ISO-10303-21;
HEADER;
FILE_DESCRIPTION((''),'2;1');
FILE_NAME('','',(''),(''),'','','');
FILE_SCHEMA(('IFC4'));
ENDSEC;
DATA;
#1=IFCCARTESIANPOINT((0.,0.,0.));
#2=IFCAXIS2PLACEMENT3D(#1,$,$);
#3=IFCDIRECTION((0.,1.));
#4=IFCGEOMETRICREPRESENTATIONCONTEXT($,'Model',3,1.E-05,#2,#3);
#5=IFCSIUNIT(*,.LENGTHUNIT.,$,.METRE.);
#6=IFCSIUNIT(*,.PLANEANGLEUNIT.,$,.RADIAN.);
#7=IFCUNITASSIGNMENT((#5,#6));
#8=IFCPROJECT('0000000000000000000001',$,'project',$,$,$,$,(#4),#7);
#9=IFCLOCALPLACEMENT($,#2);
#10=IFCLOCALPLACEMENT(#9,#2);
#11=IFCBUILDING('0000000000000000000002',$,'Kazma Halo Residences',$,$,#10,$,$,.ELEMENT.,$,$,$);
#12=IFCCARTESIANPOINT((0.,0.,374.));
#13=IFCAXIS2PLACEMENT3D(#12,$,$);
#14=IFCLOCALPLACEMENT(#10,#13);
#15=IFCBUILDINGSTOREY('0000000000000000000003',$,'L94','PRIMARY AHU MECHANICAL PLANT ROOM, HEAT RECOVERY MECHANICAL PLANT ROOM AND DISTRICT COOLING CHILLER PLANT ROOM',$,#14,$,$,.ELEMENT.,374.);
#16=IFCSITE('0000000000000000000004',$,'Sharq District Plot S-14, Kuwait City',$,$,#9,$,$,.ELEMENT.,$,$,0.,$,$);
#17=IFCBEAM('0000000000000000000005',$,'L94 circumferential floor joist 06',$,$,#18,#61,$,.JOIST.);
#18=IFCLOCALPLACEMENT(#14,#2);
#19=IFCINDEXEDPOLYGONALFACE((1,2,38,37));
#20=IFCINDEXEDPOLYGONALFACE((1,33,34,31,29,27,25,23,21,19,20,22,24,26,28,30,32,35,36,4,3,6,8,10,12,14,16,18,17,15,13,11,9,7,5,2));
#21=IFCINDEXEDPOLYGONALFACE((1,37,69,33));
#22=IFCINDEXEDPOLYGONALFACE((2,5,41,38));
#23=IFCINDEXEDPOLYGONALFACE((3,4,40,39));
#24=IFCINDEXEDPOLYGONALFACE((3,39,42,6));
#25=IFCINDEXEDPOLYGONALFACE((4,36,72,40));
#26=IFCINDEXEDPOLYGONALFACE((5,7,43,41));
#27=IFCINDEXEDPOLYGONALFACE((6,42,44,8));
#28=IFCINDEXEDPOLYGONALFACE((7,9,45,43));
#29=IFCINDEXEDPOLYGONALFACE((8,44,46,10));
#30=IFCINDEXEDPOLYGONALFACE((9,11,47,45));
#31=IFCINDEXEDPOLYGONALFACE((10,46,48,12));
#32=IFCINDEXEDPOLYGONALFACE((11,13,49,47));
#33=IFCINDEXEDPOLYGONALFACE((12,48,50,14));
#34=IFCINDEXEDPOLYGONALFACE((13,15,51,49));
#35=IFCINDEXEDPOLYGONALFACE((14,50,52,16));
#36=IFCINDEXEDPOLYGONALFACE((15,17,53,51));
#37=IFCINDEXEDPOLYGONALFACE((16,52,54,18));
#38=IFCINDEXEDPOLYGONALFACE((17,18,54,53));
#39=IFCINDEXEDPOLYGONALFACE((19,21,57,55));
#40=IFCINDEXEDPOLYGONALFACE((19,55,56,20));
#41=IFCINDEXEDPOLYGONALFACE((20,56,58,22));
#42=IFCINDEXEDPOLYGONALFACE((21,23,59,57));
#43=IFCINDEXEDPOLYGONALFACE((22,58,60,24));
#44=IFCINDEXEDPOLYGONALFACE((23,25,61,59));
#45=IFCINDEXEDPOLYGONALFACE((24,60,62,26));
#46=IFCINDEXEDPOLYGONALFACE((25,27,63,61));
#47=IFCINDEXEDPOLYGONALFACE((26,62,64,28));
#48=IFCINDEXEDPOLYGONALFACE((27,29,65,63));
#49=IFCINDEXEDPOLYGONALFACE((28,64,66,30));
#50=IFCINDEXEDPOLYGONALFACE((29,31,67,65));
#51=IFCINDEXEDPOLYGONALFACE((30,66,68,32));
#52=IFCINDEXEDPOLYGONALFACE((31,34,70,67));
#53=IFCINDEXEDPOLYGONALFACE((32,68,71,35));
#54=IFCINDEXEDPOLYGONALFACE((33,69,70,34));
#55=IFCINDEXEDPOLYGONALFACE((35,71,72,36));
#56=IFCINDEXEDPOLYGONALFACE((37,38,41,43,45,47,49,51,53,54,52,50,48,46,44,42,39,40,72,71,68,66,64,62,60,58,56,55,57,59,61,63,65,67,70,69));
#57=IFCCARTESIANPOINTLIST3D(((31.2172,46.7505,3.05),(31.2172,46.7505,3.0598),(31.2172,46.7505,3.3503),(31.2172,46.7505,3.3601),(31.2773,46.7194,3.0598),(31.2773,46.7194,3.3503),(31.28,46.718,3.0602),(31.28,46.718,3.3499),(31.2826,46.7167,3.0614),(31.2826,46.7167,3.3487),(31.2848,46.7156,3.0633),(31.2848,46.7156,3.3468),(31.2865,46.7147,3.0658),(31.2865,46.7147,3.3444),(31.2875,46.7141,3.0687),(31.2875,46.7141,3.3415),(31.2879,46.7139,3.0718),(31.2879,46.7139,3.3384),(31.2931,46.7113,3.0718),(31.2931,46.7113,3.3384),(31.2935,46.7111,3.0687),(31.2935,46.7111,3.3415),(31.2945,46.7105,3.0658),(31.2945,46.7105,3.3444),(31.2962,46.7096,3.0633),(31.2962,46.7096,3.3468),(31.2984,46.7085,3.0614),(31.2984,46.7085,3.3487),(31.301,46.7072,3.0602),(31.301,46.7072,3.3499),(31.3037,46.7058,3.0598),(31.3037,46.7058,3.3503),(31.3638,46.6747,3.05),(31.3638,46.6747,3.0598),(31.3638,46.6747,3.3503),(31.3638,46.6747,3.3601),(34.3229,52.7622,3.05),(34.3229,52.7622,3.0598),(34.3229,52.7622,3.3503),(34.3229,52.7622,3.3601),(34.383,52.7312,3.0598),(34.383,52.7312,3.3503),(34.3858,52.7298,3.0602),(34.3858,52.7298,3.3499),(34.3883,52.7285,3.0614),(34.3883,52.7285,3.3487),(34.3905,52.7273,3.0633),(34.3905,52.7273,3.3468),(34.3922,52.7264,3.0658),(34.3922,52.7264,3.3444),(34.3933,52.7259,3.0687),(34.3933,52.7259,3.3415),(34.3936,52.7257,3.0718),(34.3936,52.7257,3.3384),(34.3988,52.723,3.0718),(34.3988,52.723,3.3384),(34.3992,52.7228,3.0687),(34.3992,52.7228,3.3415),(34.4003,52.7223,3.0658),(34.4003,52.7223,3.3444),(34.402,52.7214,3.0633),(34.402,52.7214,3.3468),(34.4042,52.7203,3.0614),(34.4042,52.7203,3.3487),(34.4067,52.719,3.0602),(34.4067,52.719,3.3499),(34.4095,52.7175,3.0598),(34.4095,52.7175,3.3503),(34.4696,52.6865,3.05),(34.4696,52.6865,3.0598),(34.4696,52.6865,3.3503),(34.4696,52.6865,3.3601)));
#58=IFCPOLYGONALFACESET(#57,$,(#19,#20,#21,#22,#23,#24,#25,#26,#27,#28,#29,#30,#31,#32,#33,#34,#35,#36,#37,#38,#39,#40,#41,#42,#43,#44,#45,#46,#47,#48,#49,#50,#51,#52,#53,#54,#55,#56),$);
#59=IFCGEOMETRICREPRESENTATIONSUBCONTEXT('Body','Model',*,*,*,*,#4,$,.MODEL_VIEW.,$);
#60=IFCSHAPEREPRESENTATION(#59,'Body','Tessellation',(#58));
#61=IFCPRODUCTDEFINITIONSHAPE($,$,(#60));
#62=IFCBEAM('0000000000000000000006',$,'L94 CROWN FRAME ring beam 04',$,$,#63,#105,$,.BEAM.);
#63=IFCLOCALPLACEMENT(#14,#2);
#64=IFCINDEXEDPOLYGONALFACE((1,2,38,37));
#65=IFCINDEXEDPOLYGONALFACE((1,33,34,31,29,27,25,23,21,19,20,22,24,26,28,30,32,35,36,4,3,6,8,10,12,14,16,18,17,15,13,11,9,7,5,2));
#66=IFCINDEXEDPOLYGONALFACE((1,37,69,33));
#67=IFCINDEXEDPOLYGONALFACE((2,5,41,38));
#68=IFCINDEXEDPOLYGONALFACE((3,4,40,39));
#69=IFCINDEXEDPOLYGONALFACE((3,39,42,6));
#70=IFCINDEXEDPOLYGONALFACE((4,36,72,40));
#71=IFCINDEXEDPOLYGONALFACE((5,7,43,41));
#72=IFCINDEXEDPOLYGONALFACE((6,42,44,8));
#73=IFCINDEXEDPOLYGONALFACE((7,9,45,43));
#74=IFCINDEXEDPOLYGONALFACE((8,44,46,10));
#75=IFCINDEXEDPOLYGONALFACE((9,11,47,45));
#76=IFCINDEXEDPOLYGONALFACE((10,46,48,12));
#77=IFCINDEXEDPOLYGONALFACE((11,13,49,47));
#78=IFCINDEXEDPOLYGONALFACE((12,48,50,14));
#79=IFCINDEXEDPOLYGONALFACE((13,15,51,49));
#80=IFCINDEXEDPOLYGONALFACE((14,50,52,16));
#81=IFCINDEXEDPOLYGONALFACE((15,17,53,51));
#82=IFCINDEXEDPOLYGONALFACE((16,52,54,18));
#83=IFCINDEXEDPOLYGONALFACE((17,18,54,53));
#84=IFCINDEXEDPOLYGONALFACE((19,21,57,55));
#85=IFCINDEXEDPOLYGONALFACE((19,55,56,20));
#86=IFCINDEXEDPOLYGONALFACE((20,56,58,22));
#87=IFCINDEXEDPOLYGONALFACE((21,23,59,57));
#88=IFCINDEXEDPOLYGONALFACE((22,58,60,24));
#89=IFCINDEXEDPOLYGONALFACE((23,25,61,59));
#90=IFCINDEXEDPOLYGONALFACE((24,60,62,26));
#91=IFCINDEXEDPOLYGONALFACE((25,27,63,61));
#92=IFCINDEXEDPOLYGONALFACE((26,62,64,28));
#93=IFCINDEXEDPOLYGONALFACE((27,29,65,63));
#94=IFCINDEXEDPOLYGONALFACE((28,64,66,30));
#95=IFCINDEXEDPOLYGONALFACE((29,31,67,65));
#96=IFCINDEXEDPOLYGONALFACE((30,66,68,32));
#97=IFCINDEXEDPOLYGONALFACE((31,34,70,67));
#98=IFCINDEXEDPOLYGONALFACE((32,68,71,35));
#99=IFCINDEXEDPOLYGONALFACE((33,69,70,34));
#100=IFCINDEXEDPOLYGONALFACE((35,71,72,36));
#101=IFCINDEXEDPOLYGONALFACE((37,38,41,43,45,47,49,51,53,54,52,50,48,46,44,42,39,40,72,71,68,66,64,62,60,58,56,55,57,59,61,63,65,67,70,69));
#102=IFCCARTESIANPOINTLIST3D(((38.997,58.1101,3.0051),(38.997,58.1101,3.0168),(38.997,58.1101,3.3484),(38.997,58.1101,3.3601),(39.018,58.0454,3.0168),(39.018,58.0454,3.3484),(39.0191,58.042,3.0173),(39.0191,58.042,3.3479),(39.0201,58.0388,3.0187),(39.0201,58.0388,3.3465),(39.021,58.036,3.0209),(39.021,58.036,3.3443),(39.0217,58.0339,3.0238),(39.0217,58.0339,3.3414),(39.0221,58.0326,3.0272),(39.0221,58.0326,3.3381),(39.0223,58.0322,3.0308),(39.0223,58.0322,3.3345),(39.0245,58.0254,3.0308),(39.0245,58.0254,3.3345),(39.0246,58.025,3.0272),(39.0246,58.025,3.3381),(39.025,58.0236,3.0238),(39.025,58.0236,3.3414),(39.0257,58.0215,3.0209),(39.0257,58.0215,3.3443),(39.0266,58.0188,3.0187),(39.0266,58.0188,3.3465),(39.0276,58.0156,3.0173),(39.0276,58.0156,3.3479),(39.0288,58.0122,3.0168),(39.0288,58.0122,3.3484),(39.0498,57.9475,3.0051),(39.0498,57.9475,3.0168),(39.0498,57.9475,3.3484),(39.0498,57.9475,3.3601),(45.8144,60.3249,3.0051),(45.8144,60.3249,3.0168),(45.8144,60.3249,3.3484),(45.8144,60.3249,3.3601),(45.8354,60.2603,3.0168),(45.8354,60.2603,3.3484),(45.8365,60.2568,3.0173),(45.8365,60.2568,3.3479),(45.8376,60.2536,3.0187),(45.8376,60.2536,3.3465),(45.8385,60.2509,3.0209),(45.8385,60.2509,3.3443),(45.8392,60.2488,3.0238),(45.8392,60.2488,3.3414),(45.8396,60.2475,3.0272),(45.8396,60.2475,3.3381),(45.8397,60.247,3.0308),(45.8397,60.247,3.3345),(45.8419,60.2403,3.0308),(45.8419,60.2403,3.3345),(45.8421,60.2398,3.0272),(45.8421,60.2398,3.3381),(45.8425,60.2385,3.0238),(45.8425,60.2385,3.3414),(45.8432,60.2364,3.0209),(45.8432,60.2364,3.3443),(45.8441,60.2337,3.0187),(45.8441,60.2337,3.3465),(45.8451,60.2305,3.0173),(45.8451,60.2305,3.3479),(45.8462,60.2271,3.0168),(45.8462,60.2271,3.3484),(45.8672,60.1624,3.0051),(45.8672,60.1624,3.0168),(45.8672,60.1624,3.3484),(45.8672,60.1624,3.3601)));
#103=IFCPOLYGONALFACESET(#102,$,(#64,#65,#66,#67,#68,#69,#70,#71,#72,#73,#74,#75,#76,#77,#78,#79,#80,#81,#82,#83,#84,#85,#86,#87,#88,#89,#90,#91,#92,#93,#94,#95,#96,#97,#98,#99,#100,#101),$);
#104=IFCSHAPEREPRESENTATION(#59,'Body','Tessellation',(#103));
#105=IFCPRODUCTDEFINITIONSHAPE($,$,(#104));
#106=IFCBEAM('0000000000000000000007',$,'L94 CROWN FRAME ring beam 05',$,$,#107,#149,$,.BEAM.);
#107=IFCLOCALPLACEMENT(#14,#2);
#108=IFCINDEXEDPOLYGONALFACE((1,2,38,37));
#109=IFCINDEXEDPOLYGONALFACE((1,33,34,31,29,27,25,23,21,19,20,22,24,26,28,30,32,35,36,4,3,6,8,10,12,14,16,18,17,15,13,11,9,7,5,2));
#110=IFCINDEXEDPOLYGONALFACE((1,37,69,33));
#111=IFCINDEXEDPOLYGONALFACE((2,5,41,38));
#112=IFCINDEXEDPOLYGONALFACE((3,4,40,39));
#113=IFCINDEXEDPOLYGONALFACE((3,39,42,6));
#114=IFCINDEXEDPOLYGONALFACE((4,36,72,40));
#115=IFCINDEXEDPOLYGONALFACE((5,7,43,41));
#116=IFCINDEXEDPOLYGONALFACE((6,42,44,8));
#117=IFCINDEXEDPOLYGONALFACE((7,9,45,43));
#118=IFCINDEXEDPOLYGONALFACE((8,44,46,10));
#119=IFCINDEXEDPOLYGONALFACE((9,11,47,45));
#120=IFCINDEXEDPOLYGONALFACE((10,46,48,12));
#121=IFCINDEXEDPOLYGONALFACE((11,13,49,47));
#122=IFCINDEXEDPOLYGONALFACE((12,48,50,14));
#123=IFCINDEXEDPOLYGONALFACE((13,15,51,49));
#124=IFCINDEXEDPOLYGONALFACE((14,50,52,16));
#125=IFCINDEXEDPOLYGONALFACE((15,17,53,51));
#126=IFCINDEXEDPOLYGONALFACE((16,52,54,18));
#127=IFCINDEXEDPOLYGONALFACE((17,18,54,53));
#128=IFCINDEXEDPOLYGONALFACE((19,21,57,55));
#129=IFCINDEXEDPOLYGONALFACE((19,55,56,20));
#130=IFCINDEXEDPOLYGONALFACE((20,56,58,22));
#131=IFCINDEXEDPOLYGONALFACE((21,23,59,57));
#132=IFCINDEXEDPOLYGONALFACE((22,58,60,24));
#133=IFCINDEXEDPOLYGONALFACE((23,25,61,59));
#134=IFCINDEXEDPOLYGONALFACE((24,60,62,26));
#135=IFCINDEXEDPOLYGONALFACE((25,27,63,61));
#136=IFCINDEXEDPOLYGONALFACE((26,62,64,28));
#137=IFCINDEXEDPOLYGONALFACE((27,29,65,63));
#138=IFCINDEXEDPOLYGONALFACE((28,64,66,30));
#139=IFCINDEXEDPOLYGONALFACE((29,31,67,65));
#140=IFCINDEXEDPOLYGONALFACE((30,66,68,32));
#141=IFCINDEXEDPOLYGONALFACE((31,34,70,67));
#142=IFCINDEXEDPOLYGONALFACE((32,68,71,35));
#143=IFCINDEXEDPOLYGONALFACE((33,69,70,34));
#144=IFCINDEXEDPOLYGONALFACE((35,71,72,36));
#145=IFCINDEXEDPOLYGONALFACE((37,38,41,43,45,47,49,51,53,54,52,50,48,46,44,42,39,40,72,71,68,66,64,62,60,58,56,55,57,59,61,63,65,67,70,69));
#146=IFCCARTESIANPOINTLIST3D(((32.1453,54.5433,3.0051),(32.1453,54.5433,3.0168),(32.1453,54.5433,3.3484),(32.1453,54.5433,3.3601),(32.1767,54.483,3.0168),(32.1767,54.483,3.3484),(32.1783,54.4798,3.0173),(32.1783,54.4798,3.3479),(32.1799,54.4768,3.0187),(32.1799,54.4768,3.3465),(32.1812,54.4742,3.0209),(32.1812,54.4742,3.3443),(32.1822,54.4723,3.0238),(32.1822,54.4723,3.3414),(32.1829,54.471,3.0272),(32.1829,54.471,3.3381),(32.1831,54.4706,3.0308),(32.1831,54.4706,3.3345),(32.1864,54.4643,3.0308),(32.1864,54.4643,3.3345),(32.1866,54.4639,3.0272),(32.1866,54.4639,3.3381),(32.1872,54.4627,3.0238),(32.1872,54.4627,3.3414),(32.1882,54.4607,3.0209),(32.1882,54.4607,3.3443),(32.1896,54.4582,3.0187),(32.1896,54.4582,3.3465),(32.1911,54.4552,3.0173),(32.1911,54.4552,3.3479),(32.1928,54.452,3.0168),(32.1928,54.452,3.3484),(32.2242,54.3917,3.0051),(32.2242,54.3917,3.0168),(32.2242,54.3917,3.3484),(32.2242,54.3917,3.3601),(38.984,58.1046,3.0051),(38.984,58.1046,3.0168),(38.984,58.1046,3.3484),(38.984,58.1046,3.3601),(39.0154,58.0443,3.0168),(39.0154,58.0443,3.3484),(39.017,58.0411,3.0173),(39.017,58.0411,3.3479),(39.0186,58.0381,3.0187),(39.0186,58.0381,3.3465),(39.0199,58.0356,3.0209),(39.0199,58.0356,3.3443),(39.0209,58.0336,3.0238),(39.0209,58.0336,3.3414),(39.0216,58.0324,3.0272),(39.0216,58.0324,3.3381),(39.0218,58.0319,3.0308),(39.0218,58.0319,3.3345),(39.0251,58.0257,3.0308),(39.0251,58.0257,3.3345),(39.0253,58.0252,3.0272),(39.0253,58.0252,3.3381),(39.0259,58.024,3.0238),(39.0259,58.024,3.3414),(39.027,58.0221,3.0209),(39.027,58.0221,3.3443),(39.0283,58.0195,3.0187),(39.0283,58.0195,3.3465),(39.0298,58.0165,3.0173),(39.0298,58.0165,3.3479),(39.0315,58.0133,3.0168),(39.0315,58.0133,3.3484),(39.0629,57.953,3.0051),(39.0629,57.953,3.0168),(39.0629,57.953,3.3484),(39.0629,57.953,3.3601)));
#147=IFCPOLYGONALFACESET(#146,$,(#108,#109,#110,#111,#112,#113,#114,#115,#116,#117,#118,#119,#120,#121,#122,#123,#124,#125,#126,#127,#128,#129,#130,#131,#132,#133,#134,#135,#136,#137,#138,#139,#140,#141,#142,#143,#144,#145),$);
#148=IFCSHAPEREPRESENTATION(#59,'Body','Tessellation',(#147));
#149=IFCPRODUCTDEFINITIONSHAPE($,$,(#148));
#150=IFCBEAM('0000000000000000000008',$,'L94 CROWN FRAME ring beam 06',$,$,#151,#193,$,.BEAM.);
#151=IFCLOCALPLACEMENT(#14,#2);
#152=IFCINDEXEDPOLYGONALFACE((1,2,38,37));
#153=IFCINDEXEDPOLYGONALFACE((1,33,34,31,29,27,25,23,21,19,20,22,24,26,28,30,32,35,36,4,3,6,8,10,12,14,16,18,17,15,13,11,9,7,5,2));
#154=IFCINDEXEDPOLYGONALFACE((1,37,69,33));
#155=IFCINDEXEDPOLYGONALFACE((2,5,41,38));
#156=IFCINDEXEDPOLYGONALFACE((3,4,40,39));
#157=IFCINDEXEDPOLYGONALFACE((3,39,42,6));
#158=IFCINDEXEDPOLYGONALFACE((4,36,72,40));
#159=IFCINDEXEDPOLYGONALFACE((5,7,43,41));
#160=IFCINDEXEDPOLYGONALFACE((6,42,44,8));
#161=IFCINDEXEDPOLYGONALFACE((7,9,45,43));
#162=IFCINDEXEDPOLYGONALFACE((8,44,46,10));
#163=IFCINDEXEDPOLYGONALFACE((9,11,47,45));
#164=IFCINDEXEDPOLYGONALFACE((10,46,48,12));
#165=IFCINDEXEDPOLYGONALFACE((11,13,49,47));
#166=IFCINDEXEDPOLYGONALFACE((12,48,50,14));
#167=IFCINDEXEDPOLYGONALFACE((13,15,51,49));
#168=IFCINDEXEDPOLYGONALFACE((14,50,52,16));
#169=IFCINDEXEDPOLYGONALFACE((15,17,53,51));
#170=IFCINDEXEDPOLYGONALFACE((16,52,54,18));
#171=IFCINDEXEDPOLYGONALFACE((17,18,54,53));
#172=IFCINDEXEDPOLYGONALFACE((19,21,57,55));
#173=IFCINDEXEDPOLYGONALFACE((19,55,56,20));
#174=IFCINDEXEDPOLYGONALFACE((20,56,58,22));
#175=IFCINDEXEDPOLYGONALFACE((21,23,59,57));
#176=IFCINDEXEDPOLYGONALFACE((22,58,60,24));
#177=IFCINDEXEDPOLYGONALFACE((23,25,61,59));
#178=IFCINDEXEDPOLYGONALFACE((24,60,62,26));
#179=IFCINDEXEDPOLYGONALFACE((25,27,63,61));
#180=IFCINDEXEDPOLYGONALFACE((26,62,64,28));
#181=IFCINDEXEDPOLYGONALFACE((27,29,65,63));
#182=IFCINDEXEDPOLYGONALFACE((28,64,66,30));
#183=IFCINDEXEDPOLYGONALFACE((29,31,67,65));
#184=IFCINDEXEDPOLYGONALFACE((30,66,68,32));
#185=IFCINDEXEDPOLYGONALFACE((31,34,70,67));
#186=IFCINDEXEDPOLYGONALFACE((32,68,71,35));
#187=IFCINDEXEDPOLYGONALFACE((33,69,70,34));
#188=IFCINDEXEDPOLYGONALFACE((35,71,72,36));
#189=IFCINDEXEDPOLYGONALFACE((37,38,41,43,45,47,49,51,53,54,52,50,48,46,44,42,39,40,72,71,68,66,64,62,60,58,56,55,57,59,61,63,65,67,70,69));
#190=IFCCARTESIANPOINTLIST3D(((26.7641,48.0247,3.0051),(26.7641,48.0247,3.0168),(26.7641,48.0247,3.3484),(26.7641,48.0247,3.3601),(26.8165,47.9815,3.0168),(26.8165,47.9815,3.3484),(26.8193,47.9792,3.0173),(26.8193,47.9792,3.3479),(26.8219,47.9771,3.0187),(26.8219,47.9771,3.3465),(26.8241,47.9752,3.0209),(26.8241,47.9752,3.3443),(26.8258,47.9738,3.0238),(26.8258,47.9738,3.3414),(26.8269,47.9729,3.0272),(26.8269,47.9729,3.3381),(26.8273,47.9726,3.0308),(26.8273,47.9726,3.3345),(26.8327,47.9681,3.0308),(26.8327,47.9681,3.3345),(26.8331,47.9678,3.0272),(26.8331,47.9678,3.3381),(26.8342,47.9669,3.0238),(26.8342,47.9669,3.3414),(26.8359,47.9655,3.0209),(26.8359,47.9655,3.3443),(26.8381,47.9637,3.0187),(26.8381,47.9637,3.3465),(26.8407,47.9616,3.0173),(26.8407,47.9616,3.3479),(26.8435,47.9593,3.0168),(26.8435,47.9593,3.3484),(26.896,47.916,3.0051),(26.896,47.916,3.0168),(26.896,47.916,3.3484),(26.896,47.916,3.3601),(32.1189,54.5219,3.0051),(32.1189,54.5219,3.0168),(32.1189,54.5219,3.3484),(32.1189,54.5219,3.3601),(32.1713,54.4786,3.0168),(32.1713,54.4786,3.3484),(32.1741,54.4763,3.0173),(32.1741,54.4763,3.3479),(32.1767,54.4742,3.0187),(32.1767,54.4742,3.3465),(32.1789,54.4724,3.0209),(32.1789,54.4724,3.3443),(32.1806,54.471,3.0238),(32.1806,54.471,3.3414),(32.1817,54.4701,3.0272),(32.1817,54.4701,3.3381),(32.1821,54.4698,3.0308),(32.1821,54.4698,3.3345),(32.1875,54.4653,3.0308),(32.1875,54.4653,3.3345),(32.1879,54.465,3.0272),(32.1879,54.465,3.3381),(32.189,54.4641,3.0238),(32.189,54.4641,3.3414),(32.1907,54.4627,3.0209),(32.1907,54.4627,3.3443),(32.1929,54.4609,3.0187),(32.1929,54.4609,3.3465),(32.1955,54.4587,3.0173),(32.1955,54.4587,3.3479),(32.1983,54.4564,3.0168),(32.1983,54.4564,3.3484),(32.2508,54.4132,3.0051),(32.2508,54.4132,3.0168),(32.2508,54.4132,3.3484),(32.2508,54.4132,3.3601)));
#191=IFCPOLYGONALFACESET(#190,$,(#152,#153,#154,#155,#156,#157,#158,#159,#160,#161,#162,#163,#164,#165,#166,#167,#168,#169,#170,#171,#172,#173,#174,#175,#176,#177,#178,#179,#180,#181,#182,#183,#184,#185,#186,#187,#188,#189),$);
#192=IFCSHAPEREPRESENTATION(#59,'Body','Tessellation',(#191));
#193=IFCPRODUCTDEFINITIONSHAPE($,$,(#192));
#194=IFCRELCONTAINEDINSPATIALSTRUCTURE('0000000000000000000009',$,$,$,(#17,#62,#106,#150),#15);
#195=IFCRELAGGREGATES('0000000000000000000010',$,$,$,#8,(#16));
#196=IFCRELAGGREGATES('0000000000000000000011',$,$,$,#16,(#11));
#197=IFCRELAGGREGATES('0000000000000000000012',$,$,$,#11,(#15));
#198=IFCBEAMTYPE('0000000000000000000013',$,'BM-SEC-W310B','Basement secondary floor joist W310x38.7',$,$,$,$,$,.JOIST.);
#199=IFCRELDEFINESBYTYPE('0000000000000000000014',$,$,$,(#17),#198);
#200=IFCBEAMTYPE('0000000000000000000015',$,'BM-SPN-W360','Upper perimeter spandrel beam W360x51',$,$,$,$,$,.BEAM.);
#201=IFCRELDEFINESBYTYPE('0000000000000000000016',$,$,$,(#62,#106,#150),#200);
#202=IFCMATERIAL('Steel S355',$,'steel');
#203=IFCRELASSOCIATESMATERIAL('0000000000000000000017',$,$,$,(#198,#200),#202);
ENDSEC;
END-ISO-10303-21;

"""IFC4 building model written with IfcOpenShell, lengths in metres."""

from ifc_helpers import new_model, si_unit, direction, frame, origin, origin_2d, place, context, subcontext, project, spatial, i_section, extrude, material, material_profile, profile_set, type_object, element, save


model = new_model("IFC4")

# Units and contexts
model_context = context("Model", 3, precision=1e-05, world=origin(), true_north=direction((0.0, 1.0)))
body_context = subcontext(model_context, "Body", "Model", "MODEL_VIEW")
ifc_project = project(units=[si_unit("LENGTHUNIT", "METRE"), si_unit("PLANEANGLEUNIT", "RADIAN")], contexts=[model_context])

# Site, building, storey
site_placement = place(None, origin())
site = spatial("IfcSite", under=ifc_project, at=site_placement, Name="Sharq District Plot S-14, Kuwait City", CompositionType="ELEMENT", RefElevation=0.0)
building_placement = place(site_placement, origin())
building = spatial("IfcBuilding", under=site, at=building_placement, Name="Kazma Halo Residences", CompositionType="ELEMENT")
storey_placement = place(building_placement, frame((0.0, 0.0, 374.0)))
storey = spatial("IfcBuildingStorey", under=building, at=storey_placement, Name="L94", Description="PRIMARY AHU MECHANICAL PLANT ROOM, HEAT RECOVERY MECHANICAL PLANT ROOM AND DISTRICT COOLING CHILLER PLANT ROOM", CompositionType="ELEMENT", Elevation=374.0)

# Shared definitions
ifc_material_1 = material(Name="Steel S355", Category="steel")

# Beams
ifc_material_profile_1 = material_profile(ifc_material_1, i_section(OverallWidth=0.165, OverallDepth=0.3101, WebThickness=0.0059, FlangeThickness=0.0098, FilletRadius=0.012, at=origin_2d()), Name="W310x38.7")
ifc_profile_set_1 = profile_set([ifc_material_profile_1], Name="Steel S355")
beam_type_1 = type_object("IfcBeamType", Name="BM-SEC-W310B", Description="Basement secondary floor joist W310x38.7", PredefinedType="JOIST", material=ifc_profile_set_1)
beam_1_placement = place(storey_placement, frame((34.3962, 52.7244, 3.2051), z_axis=(-0.45898, -0.888447, 0.0), x_axis=(0.888447, -0.45898, 0.0)))
element("IfcBeam", 1, at=beam_1_placement, inside=storey, type_object=beam_type_1, Name="L94 circumferential floor joist 06", PredefinedType="JOIST", context=body_context, shape_type="SweptSolid", body=[
    extrude(i_section(OverallWidth=0.165, OverallDepth=0.3101, WebThickness=0.0059, FlangeThickness=0.0098, FilletRadius=0.012, at=origin_2d()), origin(), (0.0, 0.0, 1.0), 6.7666),
])
ifc_material_profile_2 = material_profile(ifc_material_1, i_section(OverallWidth=0.1709, OverallDepth=0.355, WebThickness=0.0071, FlangeThickness=0.0117, FilletRadius=0.0139, at=origin_2d()), Name="W360x51")
ifc_profile_set_2 = profile_set([ifc_material_profile_2], Name="Steel S355")
beam_type_2 = type_object("IfcBeamType", Name="BM-SPN-W360", Description="Upper perimeter spandrel beam W360x51", PredefinedType="BEAM", material=ifc_profile_set_2)
beam_2_placement = place(storey_placement, frame((45.8408, 60.2437, 3.1826), z_axis=(-0.951067, -0.308984, 0.0), x_axis=(0.308984, -0.951067, 0.0)))
element("IfcBeam", 2, at=beam_2_placement, inside=storey, type_object=beam_type_2, Name="L94 CROWN FRAME ring beam 04", PredefinedType="BEAM", context=body_context, shape_type="SweptSolid", body=[
    extrude(i_section(OverallWidth=0.1709, OverallDepth=0.355, WebThickness=0.0071, FlangeThickness=0.0117, FilletRadius=0.0139, at=origin_2d()), origin(), (0.0, 0.0, 1.0), 7.1682),
])
beam_3_placement = place(storey_placement, frame((39.0234, 58.0288, 3.1826), z_axis=(-0.886941, -0.461883, 0.0), x_axis=(0.461883, -0.886941, 0.0)))
element("IfcBeam", 3, at=beam_3_placement, inside=storey, type_object=beam_type_2, Name="L94 CROWN FRAME ring beam 05", PredefinedType="BEAM", context=body_context, shape_type="SweptSolid", body=[
    extrude(i_section(OverallWidth=0.1709, OverallDepth=0.355, WebThickness=0.0071, FlangeThickness=0.0117, FilletRadius=0.0139, at=origin_2d()), origin(), (0.0, 0.0, 1.0), 7.7104),
])
beam_4_placement = place(storey_placement, frame((32.1848, 54.4675, 3.1826), z_axis=(-0.636005, -0.771685, 0.0), x_axis=(0.771685, -0.636005, 0.0)))
element("IfcBeam", 4, at=beam_4_placement, inside=storey, type_object=beam_type_2, Name="L94 CROWN FRAME ring beam 06", PredefinedType="BEAM", context=body_context, shape_type="SweptSolid", body=[
    extrude(i_section(OverallWidth=0.1709, OverallDepth=0.355, WebThickness=0.0071, FlangeThickness=0.0117, FilletRadius=0.0139, at=origin_2d()), origin(), (0.0, 0.0, 1.0), 8.4194),
])

save(model, "model.ifc")
